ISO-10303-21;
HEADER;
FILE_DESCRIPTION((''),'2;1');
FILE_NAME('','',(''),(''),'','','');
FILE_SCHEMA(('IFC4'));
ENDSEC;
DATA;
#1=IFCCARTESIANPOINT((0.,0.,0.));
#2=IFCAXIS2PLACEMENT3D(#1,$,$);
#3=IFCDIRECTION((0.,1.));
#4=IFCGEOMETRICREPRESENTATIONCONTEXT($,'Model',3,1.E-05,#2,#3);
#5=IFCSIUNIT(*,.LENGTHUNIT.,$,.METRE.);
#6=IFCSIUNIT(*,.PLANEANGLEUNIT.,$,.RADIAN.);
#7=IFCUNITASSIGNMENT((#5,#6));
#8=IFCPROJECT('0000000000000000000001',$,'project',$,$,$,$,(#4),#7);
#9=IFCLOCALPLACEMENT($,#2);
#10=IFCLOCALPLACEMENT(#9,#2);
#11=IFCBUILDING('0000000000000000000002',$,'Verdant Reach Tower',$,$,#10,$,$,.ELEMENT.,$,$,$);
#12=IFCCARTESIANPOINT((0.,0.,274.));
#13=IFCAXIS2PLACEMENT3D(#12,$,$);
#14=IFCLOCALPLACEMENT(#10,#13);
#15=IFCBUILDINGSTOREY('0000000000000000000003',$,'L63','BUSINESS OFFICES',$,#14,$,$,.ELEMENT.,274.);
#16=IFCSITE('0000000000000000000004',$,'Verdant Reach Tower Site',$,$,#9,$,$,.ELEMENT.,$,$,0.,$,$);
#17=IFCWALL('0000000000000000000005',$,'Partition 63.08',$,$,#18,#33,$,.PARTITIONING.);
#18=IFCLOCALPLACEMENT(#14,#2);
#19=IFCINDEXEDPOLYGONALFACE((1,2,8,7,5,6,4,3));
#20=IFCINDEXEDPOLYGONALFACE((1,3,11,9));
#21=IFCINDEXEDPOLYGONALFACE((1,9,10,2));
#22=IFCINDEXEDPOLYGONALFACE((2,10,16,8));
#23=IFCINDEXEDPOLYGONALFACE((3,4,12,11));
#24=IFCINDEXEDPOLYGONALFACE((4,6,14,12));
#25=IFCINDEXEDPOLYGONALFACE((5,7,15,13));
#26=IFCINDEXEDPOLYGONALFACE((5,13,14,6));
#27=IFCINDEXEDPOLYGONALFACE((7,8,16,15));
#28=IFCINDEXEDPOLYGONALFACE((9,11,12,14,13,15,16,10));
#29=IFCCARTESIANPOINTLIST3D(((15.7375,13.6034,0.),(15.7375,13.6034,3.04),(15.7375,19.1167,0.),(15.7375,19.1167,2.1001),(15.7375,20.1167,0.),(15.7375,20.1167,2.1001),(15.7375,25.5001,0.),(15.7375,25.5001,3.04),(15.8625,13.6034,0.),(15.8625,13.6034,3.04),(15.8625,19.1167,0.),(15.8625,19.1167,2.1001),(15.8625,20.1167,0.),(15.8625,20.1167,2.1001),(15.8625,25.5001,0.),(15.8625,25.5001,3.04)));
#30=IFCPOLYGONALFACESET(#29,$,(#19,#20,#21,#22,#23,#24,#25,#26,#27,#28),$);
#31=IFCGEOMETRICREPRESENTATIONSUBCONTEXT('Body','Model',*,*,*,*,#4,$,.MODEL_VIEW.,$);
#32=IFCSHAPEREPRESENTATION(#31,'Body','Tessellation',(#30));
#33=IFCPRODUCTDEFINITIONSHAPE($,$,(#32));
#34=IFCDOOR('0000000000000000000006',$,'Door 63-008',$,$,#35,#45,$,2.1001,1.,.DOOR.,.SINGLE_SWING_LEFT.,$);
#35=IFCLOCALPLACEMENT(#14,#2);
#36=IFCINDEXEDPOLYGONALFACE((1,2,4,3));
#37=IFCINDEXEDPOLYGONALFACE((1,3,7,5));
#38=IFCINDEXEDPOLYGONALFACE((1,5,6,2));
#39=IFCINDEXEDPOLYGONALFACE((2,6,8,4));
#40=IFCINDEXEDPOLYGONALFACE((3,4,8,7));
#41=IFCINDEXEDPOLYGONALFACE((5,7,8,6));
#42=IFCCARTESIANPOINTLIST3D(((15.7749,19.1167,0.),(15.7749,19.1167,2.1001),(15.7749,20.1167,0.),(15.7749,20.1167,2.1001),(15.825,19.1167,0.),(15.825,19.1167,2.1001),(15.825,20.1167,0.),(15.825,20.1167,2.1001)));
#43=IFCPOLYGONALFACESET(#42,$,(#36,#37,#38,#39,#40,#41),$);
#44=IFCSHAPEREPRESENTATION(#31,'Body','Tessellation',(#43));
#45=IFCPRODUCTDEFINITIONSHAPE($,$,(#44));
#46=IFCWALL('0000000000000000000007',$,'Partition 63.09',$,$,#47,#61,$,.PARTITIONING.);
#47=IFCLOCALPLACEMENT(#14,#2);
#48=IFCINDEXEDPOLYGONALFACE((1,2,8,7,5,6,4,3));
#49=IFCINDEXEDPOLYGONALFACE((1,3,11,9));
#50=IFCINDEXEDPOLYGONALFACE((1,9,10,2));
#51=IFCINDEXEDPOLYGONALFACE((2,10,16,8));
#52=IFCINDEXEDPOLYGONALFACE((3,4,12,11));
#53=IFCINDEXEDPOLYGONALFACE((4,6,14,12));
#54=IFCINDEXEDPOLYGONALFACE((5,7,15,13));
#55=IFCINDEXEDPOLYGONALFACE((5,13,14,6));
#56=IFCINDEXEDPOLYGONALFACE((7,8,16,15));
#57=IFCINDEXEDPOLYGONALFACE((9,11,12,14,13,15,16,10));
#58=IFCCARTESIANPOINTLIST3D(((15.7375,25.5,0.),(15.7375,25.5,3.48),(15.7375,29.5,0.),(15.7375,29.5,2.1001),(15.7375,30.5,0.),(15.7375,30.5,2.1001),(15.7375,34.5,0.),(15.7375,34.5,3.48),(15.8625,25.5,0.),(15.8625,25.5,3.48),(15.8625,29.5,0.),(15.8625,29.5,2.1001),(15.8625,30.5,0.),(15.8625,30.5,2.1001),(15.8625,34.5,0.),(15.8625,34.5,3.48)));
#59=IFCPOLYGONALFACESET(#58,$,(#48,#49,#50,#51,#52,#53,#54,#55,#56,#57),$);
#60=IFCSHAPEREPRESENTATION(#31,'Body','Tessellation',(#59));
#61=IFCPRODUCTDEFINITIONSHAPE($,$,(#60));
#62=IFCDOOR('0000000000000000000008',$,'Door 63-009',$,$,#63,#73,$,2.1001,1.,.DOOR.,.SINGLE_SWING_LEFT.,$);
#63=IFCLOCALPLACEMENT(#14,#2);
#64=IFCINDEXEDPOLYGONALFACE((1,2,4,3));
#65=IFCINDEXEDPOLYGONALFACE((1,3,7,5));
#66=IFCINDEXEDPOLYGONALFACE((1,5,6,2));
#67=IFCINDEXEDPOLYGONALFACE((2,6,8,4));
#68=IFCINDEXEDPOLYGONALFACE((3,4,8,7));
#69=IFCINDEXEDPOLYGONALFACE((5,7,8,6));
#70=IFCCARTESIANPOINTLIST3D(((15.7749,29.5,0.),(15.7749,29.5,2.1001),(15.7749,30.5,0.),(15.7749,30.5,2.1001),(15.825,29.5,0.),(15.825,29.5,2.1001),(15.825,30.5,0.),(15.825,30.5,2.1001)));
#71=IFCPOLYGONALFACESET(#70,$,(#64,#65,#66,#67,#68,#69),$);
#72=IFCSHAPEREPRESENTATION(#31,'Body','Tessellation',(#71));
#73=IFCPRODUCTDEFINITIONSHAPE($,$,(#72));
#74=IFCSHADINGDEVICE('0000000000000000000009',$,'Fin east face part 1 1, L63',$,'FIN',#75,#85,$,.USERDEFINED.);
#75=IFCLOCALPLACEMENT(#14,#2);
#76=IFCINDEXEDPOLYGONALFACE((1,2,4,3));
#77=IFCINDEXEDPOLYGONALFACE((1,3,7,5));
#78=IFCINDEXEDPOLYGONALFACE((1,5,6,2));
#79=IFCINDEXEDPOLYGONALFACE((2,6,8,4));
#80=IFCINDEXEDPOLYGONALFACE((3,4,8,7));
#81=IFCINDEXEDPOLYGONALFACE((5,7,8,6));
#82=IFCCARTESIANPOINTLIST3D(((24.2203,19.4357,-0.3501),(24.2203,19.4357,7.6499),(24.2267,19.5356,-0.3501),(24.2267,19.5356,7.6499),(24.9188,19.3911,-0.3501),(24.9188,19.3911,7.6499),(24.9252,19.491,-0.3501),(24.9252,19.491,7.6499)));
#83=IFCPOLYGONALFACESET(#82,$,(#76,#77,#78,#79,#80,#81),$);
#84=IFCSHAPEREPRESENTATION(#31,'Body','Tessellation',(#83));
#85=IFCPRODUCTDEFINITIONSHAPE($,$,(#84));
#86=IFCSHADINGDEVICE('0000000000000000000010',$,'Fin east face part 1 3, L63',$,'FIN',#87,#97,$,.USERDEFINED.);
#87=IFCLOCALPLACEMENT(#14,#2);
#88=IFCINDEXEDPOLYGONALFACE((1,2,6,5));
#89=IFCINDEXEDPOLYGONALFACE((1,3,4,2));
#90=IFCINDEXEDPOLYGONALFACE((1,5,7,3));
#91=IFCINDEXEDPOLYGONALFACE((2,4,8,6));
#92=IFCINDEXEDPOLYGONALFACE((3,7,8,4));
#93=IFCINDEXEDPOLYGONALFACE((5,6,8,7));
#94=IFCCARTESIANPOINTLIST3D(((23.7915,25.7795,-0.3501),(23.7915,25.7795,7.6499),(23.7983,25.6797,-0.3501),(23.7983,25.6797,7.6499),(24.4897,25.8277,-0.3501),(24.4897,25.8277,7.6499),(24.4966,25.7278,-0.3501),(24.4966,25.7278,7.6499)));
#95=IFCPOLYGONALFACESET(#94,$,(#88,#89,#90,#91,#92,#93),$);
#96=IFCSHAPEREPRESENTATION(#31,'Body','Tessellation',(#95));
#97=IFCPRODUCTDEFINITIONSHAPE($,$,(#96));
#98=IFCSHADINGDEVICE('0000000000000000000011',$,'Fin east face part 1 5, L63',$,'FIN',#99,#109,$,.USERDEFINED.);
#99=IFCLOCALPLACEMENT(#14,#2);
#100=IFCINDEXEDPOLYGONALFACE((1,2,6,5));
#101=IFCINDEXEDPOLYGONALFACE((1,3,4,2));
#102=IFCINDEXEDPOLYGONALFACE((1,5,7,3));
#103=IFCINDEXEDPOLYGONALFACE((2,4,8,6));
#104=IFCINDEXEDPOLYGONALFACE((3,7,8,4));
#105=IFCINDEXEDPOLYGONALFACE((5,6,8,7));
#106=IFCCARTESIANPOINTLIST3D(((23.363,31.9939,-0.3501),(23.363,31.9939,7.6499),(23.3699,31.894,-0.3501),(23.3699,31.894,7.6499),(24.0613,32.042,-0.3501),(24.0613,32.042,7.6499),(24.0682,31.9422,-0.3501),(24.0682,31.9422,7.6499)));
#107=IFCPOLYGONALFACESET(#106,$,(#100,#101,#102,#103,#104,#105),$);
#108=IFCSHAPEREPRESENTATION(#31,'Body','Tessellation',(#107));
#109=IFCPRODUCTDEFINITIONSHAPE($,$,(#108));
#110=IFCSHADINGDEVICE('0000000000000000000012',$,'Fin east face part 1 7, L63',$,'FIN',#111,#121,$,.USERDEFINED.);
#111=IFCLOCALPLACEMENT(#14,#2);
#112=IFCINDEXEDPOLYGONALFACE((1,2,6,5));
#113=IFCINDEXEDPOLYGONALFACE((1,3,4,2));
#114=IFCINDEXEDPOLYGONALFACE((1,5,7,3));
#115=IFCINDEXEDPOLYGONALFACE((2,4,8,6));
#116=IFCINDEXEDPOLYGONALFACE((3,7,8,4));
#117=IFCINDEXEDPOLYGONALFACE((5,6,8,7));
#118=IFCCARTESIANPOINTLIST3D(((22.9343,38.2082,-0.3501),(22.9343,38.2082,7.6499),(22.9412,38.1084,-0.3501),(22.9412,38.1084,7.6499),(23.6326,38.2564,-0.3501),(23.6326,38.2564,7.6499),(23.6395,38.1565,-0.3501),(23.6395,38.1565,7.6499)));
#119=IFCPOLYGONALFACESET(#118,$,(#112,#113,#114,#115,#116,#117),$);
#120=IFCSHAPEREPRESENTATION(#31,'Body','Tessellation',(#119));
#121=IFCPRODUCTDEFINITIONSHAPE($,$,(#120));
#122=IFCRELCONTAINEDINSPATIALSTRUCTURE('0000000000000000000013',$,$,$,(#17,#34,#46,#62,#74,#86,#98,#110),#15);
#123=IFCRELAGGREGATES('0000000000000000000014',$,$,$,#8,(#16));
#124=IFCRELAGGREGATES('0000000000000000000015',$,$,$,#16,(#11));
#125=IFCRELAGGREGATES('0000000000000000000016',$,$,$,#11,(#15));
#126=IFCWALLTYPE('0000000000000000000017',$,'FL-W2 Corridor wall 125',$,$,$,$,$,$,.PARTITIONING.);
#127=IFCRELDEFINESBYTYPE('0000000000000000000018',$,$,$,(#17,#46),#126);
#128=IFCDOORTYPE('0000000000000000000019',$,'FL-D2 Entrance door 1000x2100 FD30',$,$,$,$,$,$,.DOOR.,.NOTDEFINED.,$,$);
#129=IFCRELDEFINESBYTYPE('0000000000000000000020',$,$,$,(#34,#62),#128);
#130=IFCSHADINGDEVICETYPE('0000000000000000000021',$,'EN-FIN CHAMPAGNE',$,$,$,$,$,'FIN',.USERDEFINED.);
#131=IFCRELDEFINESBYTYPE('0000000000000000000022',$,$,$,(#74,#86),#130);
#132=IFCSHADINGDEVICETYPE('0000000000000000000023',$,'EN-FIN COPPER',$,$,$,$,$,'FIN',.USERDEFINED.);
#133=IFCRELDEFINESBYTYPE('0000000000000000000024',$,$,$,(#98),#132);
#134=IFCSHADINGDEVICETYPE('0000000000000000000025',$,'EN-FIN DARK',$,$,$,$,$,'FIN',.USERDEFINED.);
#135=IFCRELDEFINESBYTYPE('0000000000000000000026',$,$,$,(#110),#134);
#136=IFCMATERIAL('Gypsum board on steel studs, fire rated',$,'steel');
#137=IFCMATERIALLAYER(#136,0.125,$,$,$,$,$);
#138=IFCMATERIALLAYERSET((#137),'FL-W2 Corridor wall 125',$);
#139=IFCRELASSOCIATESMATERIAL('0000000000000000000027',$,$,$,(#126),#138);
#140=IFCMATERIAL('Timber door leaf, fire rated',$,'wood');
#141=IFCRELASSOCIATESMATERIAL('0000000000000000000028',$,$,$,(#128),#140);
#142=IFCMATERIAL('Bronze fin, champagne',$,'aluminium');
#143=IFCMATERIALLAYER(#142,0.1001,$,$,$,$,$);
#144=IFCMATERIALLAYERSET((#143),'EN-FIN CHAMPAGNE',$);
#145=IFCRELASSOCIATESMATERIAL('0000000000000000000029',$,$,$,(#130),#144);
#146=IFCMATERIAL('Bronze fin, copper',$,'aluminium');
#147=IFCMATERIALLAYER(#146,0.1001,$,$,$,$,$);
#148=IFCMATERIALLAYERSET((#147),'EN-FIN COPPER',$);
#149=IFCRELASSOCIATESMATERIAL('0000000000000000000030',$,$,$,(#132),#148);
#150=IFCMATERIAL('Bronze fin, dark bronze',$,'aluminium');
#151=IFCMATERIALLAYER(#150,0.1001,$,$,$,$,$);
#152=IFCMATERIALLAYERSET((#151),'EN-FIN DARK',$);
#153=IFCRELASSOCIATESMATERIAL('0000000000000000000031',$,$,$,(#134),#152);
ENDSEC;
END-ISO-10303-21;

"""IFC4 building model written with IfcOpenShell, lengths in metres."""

from ifc_helpers import new_model, si_unit, direction, frame, frame_2d, origin, origin_2d, place, context, subcontext, project, spatial, rectangle, extrude, material, layer, layer_set, type_object, element, fill, save


model = new_model("IFC4")

# Units and contexts
model_context = context("Model", 3, precision=1e-05, world=origin(), true_north=direction((0.0, 1.0)))
body_context = subcontext(model_context, "Body", "Model", "MODEL_VIEW")
ifc_project = project(units=[si_unit("LENGTHUNIT", "METRE"), si_unit("PLANEANGLEUNIT", "RADIAN")], contexts=[model_context])

# Site, building, storey
site_placement = place(None, origin())
site = spatial("IfcSite", under=ifc_project, at=site_placement, Name="Verdant Reach Tower Site", CompositionType="ELEMENT", RefElevation=0.0)
building_placement = place(site_placement, origin())
building = spatial("IfcBuilding", under=site, at=building_placement, Name="Verdant Reach Tower", CompositionType="ELEMENT")
storey_placement = place(building_placement, frame((0.0, 0.0, 274.0)))
storey = spatial("IfcBuildingStorey", under=building, at=storey_placement, Name="L63", Description="BUSINESS OFFICES", CompositionType="ELEMENT", Elevation=274.0)

# Walls, openings, doors
ifc_material_1 = material(Name="Gypsum board on steel studs, fire rated", Category="steel")
ifc_layer_1 = layer(ifc_material_1, 0.125)
ifc_layer_set_1 = layer_set([ifc_layer_1], Name="FL-W2 Corridor wall 125")
wall_type_1 = type_object("IfcWallType", Name="FL-W2 Corridor wall 125", PredefinedType="PARTITIONING", material=ifc_layer_set_1)
wall_1_placement = place(storey_placement, frame((15.8, 25.5, 0.0), z_axis=(0.0, 0.0, 1.0), x_axis=(0.0, -1.0, 0.0)))
wall_1 = element("IfcWall", 1, at=wall_1_placement, inside=storey, type_object=wall_type_1, Name="Partition 63.08", PredefinedType="PARTITIONING", context=body_context, shape_type="SweptSolid", body=[
    extrude(rectangle(XDim=11.8967, YDim=0.125, at=frame_2d((5.9482, 0.0))), origin(), (0.0, 0.0, 1.0), 3.04),
])
opening_1_placement = place(wall_1_placement, frame((5.3833, 0.0, 0.0)))
opening_1 = element("IfcOpeningElement", 2, at=opening_1_placement, cuts=wall_1, PredefinedType="OPENING", context=body_context, shape_type="SweptSolid", body=[
    extrude(rectangle(XDim=1.0, YDim=2.1001, at=frame_2d((0.5, 1.05))), frame((0.0, 0.0725, 0.0), z_axis=(0.0, -1.0, 0.0), x_axis=(1.0, 0.0, 0.0)), (0.0, 0.0, 1.0), 0.145),
])
ifc_material_2 = material(Name="Timber door leaf, fire rated", Category="wood")
door_type = type_object("IfcDoorType", Name="FL-D2 Entrance door 1000x2100 FD30", OperationType="NOTDEFINED", PredefinedType="DOOR", material=ifc_material_2)
door_1_placement = place(opening_1_placement, origin())
door_1 = element("IfcDoor", 3, at=door_1_placement, inside=storey, type_object=door_type, Name="Door 63-008", OperationType="SINGLE_SWING_LEFT", OverallHeight=2.1001, OverallWidth=1.0, PredefinedType="DOOR", context=body_context, shape_type="SweptSolid", body=[
    extrude(rectangle(XDim=1.0, YDim=2.1001, at=frame_2d((0.5, 1.05))), frame((0.0, 0.0249, 0.0), z_axis=(0.0, -1.0, 0.0), x_axis=(1.0, 0.0, 0.0)), (0.0, 0.0, 1.0), 0.05),
])
fill(opening_1, door_1)
wall_2_placement = place(storey_placement, frame((15.8, 34.5, 0.0), z_axis=(0.0, 0.0, 1.0), x_axis=(0.0, -1.0, 0.0)))
wall_2 = element("IfcWall", 4, at=wall_2_placement, inside=storey, type_object=wall_type_1, Name="Partition 63.09", PredefinedType="PARTITIONING", context=body_context, shape_type="SweptSolid", body=[
    extrude(rectangle(XDim=9.0, YDim=0.125, at=frame_2d((4.5, 0.0))), origin(), (0.0, 0.0, 1.0), 3.48),
])
opening_2_placement = place(wall_2_placement, frame((4.0, 0.0, 0.0)))
opening_2 = element("IfcOpeningElement", 5, at=opening_2_placement, cuts=wall_2, PredefinedType="OPENING", context=body_context, shape_type="SweptSolid", body=[
    extrude(rectangle(XDim=1.0, YDim=2.1001, at=frame_2d((0.5, 1.05))), frame((0.0, 0.0725, 0.0), z_axis=(0.0, -1.0, 0.0), x_axis=(1.0, 0.0, 0.0)), (0.0, 0.0, 1.0), 0.145),
])
door_2_placement = place(opening_2_placement, origin())
door_2 = element("IfcDoor", 6, at=door_2_placement, inside=storey, type_object=door_type, Name="Door 63-009", OperationType="SINGLE_SWING_LEFT", OverallHeight=2.1001, OverallWidth=1.0, PredefinedType="DOOR", context=body_context, shape_type="SweptSolid", body=[
    extrude(rectangle(XDim=1.0, YDim=2.1001, at=frame_2d((0.5, 1.05))), frame((0.0, 0.0249, 0.0), z_axis=(0.0, -1.0, 0.0), x_axis=(1.0, 0.0, 0.0)), (0.0, 0.0, 1.0), 0.05),
])
fill(opening_2, door_2)

# Shading devices
ifc_material_3 = material(Name="Bronze fin, champagne", Category="aluminium")
ifc_layer_2 = layer(ifc_material_3, 0.1001)
ifc_layer_set_2 = layer_set([ifc_layer_2], Name="EN-FIN CHAMPAGNE")
shading_device_type_1 = type_object("IfcShadingDeviceType", Name="EN-FIN CHAMPAGNE", ElementType="FIN", PredefinedType="USERDEFINED", material=ifc_layer_set_2)
for number, where, z_axis, x_axis, name in (
    (7, (24.5728, 19.4634, -0.3501), (0.0, 0.0, 1.0), (0.063699, 0.997969, 0.0), "Fin east face part 1 1, L63"),
    (8, (24.144, 25.7537, -0.3501), (0.0, 0.0, 1.0), (-0.068802, 0.99763, 0.0), "Fin east face part 1 3, L63"),
):
    element("IfcShadingDevice", number, at=place(storey_placement, frame(where, z_axis=z_axis, x_axis=x_axis)), inside=storey, type_object=shading_device_type_1, Name=name, ObjectType="FIN", PredefinedType="USERDEFINED", context=body_context, shape_type="SweptSolid", body=[
        extrude(rectangle(XDim=0.1001, YDim=0.7, at=origin_2d()), origin(), (0.0, 0.0, 1.0), 8.0),
    ])
ifc_material_4 = material(Name="Bronze fin, copper", Category="aluminium")
ifc_layer_3 = layer(ifc_material_4, 0.1001)
ifc_layer_set_3 = layer_set([ifc_layer_3], Name="EN-FIN COPPER")
shading_device_type_2 = type_object("IfcShadingDeviceType", Name="EN-FIN COPPER", ElementType="FIN", PredefinedType="USERDEFINED", material=ifc_layer_set_3)
shading_device_1_placement = place(storey_placement, frame((23.7156, 31.968, -0.3501), z_axis=(0.0, 0.0, 1.0), x_axis=(-0.068802, 0.99763, 0.0)))
element("IfcShadingDevice", 9, at=shading_device_1_placement, inside=storey, type_object=shading_device_type_2, Name="Fin east face part 1 5, L63", ObjectType="FIN", PredefinedType="USERDEFINED", context=body_context, shape_type="SweptSolid", body=[
    extrude(rectangle(XDim=0.1001, YDim=0.7, at=origin_2d()), origin(), (0.0, 0.0, 1.0), 8.0),
])
ifc_material_5 = material(Name="Bronze fin, dark bronze", Category="aluminium")
ifc_layer_4 = layer(ifc_material_5, 0.1001)
ifc_layer_set_4 = layer_set([ifc_layer_4], Name="EN-FIN DARK")
shading_device_type_3 = type_object("IfcShadingDeviceType", Name="EN-FIN DARK", ElementType="FIN", PredefinedType="USERDEFINED", material=ifc_layer_set_4)
shading_device_2_placement = place(storey_placement, frame((23.2869, 38.1824, -0.3501), z_axis=(0.0, 0.0, 1.0), x_axis=(-0.068802, 0.99763, 0.0)))
element("IfcShadingDevice", 10, at=shading_device_2_placement, inside=storey, type_object=shading_device_type_3, Name="Fin east face part 1 7, L63", ObjectType="FIN", PredefinedType="USERDEFINED", context=body_context, shape_type="SweptSolid", body=[
    extrude(rectangle(XDim=0.1001, YDim=0.7, at=origin_2d()), origin(), (0.0, 0.0, 1.0), 8.0),
])

save(model, "model.ifc")
